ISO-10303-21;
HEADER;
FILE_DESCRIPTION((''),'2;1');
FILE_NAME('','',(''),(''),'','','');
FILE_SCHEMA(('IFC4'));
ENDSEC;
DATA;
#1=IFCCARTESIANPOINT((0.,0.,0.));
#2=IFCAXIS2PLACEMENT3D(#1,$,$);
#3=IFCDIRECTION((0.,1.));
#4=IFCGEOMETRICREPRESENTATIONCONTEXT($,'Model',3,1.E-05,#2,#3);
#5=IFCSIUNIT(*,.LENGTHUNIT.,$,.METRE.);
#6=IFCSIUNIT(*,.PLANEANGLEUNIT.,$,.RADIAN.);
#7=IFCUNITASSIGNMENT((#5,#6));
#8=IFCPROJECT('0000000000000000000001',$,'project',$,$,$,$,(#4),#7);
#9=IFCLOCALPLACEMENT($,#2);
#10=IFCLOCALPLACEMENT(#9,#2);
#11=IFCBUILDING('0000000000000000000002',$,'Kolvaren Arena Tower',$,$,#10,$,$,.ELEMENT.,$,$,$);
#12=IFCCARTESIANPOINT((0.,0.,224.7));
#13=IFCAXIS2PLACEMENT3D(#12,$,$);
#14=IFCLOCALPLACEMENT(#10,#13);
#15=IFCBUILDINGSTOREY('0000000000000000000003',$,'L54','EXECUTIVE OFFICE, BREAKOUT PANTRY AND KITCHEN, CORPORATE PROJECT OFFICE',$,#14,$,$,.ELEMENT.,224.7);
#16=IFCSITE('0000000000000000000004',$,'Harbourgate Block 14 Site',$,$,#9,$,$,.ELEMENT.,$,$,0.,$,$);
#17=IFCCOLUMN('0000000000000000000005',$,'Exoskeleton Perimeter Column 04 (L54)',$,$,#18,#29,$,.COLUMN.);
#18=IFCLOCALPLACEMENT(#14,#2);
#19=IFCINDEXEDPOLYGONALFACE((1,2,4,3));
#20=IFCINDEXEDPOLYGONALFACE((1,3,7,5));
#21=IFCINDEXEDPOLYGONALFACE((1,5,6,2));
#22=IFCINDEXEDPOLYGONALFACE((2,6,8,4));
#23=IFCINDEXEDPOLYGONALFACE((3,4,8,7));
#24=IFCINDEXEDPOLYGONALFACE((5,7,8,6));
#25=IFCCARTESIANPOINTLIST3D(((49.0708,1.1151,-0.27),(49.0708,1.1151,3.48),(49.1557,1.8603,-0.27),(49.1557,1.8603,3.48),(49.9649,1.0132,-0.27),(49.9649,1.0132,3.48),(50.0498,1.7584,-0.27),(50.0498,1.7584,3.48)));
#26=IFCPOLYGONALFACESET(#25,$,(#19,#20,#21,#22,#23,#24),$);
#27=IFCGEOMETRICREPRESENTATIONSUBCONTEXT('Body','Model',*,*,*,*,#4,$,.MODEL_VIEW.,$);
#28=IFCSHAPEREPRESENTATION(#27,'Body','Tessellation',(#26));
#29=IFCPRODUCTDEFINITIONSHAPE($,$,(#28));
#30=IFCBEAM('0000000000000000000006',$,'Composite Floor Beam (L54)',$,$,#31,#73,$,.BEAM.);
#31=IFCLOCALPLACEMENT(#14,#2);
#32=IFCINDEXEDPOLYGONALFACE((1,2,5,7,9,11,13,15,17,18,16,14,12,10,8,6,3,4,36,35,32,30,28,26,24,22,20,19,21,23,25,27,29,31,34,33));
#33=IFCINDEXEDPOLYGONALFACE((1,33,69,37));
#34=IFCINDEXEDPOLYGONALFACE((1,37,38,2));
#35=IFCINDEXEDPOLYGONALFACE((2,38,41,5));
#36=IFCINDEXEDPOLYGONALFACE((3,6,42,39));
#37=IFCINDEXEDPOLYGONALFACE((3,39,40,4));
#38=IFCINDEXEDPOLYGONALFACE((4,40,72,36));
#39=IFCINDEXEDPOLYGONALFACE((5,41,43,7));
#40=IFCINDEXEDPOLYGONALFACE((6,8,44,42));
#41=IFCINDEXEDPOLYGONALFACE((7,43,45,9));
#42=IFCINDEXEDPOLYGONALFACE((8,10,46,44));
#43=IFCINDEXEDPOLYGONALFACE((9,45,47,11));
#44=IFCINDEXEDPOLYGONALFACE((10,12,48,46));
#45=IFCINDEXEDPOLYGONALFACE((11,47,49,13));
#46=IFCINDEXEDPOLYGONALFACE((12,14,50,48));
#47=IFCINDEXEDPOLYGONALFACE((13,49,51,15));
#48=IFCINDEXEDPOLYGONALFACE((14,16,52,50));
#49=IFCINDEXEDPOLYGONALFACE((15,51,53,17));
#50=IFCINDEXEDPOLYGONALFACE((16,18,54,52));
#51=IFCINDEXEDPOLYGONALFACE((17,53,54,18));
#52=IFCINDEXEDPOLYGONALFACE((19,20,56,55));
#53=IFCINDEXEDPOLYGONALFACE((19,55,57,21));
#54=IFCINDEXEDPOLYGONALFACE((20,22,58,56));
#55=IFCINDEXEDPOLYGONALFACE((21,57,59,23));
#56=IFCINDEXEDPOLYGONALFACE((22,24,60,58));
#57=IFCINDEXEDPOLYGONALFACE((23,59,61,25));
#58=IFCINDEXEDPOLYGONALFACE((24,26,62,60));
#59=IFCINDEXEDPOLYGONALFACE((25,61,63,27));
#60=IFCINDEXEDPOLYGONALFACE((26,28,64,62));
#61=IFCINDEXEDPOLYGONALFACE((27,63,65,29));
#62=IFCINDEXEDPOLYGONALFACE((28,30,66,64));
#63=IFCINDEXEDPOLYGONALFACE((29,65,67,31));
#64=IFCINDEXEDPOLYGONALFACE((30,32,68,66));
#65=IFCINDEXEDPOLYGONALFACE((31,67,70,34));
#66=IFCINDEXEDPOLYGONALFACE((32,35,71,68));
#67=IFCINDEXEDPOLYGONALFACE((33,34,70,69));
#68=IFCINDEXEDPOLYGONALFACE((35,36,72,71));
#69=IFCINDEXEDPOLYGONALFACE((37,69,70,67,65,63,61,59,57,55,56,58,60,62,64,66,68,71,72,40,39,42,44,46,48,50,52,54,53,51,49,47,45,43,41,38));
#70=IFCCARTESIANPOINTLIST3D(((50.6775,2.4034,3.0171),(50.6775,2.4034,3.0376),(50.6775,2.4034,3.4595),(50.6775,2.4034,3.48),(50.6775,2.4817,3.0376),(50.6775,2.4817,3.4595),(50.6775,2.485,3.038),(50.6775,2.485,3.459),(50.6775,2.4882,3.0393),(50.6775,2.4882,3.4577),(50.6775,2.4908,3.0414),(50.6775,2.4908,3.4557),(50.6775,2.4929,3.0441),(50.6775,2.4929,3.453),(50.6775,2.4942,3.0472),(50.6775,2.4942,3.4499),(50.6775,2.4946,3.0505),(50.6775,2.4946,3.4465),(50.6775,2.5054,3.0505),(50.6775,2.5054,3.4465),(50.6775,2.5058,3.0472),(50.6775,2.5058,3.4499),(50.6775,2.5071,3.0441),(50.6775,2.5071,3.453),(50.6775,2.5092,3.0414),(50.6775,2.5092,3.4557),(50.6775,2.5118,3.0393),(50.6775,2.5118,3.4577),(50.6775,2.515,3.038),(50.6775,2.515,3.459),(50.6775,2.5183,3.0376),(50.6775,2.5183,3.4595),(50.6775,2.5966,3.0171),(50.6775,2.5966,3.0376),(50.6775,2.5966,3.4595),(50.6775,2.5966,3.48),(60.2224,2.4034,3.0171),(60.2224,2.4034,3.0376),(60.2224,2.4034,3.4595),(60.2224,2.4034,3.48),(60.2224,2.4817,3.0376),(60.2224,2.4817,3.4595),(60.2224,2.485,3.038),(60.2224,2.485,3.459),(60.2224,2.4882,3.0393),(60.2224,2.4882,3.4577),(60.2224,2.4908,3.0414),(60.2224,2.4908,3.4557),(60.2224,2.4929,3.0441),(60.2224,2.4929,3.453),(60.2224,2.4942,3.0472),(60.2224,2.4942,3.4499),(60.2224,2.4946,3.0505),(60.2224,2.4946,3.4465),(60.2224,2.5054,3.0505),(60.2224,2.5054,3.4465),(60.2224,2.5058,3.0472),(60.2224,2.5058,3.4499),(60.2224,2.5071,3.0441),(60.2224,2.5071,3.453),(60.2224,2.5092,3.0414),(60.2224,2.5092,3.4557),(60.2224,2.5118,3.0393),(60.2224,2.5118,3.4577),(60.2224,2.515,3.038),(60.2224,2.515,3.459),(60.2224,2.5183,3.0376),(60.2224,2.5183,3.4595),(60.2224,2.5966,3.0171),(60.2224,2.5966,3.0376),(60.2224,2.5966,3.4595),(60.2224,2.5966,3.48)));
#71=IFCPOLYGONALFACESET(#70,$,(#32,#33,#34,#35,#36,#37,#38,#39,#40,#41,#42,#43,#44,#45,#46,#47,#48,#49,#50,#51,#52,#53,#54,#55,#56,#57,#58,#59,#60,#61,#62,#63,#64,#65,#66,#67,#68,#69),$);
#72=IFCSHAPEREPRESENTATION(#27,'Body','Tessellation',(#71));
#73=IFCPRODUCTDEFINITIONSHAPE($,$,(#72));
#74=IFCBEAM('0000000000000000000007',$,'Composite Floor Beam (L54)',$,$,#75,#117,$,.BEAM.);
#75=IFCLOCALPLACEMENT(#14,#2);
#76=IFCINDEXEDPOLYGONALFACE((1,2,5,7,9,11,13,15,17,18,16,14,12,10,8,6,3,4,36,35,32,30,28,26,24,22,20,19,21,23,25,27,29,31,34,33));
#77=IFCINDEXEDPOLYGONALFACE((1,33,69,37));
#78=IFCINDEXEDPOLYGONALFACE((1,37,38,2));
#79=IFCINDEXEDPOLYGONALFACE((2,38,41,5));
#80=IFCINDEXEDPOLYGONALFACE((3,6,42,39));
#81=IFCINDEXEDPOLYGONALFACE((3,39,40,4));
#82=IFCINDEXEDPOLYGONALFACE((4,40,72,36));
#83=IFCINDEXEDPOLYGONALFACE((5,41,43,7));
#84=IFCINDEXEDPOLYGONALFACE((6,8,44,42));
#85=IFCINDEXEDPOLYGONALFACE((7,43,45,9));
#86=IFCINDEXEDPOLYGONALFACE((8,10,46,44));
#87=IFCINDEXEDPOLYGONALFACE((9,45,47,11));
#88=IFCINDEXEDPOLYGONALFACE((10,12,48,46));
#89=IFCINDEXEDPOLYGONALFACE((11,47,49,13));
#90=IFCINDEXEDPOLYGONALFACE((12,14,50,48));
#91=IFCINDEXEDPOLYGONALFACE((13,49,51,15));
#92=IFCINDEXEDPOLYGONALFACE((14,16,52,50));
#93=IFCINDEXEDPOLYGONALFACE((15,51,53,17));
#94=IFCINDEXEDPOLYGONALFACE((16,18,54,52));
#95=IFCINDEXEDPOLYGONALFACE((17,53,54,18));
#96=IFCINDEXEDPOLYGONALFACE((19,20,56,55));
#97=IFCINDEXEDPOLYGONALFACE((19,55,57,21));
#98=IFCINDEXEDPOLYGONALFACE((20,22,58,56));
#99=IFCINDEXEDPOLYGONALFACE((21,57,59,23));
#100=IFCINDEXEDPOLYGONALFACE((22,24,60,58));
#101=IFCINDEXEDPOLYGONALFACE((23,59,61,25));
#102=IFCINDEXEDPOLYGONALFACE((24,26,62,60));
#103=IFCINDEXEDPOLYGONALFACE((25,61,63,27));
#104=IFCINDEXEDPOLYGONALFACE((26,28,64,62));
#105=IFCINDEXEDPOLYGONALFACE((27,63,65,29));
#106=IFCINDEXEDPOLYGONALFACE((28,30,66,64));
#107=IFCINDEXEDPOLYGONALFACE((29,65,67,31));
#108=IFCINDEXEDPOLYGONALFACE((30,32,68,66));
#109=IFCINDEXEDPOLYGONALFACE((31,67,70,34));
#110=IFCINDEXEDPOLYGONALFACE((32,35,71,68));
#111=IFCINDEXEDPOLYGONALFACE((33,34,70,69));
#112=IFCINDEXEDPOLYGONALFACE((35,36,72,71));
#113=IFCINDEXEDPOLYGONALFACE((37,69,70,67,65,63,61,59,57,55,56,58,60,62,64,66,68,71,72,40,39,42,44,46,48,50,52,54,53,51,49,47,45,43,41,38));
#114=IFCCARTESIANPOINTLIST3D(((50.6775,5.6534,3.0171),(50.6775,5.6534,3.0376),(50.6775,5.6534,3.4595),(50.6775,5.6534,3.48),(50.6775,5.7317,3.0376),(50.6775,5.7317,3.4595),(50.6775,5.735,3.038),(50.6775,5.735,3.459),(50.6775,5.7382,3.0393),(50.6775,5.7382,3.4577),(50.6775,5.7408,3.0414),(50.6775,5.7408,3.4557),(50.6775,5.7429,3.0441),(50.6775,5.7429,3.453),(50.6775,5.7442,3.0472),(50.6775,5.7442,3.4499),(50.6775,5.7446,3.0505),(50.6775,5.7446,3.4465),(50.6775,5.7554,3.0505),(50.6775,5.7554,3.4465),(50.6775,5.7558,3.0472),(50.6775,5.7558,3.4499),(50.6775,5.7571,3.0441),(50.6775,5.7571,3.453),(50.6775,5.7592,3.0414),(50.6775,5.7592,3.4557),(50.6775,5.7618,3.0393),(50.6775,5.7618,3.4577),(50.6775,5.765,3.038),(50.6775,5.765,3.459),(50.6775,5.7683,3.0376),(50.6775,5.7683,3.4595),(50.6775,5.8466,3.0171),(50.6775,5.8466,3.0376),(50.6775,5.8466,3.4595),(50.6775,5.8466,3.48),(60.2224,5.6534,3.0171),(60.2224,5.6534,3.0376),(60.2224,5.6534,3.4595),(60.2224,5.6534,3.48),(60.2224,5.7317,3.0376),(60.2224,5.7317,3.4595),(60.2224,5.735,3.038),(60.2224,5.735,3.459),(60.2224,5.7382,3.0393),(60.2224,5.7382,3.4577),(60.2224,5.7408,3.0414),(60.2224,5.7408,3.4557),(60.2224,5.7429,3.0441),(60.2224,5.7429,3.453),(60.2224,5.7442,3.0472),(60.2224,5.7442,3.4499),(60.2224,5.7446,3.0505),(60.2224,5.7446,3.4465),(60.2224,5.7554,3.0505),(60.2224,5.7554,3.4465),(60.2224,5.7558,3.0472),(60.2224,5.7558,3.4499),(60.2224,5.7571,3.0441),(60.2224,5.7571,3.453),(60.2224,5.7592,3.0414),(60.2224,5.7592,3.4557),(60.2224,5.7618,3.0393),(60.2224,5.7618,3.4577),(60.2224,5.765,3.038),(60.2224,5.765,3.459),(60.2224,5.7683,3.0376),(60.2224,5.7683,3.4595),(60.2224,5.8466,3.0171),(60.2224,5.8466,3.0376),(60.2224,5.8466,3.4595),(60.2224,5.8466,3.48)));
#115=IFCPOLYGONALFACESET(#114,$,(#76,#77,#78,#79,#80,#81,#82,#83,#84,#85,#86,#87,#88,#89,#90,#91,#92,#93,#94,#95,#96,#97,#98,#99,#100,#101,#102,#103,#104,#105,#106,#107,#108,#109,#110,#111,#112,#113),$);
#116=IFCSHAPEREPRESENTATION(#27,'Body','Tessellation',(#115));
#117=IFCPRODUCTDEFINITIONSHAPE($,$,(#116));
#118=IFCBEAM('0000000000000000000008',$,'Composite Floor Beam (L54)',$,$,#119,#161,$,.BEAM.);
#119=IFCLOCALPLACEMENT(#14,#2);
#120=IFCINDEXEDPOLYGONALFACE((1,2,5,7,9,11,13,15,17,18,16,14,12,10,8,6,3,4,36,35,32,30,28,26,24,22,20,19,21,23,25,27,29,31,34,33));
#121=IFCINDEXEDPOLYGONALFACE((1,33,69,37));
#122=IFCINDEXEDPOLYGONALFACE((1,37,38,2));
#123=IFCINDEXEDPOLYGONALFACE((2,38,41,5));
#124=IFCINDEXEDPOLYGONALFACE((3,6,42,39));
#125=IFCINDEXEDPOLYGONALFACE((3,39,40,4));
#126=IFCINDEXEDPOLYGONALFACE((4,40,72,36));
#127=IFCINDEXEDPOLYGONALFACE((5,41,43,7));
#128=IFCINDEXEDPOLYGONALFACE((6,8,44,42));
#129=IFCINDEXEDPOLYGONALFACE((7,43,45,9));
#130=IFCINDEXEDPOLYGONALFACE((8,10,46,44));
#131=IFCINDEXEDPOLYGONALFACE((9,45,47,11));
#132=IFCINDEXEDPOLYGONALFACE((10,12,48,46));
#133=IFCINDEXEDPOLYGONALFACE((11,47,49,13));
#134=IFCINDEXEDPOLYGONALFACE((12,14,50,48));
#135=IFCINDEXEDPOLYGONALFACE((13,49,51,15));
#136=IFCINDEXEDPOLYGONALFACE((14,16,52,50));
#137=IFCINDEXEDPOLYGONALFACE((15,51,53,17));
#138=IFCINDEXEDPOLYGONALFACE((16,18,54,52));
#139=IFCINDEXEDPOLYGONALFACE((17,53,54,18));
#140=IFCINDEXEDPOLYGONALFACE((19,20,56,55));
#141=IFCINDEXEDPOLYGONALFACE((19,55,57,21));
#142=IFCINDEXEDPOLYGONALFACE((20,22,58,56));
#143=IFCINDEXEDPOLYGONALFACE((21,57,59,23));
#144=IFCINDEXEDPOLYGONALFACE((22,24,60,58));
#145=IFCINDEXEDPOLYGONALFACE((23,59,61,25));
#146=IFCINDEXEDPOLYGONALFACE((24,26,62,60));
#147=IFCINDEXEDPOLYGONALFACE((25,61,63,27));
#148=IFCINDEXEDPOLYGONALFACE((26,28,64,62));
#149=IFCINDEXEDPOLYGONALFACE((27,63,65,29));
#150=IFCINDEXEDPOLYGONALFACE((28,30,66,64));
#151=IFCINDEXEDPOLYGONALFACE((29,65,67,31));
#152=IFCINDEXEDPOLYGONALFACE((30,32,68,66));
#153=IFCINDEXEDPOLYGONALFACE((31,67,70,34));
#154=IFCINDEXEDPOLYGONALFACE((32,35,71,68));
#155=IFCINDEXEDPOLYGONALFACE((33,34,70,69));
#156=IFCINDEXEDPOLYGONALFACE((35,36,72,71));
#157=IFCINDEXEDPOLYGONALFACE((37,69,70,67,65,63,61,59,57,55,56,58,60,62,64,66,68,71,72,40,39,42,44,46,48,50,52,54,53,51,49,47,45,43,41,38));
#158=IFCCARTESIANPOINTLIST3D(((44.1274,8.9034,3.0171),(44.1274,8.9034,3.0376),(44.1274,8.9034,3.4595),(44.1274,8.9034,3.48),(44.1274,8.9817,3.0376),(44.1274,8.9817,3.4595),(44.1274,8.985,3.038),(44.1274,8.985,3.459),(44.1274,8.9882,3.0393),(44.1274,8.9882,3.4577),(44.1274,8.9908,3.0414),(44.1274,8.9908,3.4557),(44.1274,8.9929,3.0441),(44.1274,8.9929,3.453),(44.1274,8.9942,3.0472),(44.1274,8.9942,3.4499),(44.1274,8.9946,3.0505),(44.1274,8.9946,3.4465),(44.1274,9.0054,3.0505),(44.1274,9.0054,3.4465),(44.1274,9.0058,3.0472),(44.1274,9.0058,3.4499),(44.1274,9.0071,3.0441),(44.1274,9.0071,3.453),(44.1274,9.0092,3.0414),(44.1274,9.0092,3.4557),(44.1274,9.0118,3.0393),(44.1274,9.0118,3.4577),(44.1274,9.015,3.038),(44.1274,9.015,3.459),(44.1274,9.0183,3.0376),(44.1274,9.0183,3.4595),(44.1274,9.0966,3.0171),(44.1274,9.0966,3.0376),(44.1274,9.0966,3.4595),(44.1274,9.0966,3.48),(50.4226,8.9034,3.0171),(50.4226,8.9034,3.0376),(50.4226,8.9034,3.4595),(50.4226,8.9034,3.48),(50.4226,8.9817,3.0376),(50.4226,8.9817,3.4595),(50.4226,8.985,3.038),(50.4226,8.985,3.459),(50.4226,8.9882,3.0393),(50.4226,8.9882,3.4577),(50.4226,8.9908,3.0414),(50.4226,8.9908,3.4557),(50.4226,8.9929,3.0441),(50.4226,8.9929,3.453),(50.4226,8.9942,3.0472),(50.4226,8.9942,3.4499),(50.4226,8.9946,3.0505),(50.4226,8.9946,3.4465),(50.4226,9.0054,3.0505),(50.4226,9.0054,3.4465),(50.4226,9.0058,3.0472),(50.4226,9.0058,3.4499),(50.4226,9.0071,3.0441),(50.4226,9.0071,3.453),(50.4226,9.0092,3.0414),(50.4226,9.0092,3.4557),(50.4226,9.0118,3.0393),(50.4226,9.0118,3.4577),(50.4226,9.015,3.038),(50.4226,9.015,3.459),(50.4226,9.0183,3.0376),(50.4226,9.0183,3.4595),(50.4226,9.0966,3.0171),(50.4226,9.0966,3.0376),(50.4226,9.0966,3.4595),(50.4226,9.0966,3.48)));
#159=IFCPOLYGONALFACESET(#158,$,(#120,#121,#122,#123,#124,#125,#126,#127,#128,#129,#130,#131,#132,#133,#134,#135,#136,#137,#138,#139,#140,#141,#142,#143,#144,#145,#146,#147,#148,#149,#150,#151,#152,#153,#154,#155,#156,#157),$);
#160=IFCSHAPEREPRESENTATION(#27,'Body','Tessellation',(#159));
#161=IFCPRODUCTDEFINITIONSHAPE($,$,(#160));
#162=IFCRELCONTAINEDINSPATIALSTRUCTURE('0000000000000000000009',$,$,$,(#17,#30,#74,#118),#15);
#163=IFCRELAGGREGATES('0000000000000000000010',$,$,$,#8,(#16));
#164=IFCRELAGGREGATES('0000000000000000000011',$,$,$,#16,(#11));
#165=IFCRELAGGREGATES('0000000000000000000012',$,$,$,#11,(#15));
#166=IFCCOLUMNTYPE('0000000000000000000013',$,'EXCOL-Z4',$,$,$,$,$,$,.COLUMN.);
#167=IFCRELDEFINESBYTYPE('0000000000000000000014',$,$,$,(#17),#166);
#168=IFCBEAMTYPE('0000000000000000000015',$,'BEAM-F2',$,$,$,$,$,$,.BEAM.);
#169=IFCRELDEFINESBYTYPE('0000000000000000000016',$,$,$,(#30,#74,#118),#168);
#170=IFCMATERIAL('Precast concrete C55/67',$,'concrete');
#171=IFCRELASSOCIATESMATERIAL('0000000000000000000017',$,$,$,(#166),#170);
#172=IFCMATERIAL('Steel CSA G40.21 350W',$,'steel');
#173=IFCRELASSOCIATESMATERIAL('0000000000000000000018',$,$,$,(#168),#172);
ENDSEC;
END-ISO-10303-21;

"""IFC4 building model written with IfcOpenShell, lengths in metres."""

from ifc_helpers import new_model, si_unit, direction, frame, origin, origin_2d, place, context, subcontext, project, spatial, rectangle, i_section, extrude, material, material_profile, profile_set, type_object, element, save


model = new_model("IFC4")

# Units and contexts
model_context = context("Model", 3, precision=1e-05, world=origin(), true_north=direction((0.0, 1.0)))
body_context = subcontext(model_context, "Body", "Model", "MODEL_VIEW")
ifc_project = project(units=[si_unit("LENGTHUNIT", "METRE"), si_unit("PLANEANGLEUNIT", "RADIAN")], contexts=[model_context])

# Site, building, storey
site_placement = place(None, origin())
site = spatial("IfcSite", under=ifc_project, at=site_placement, Name="Harbourgate Block 14 Site", CompositionType="ELEMENT", RefElevation=0.0)
building_placement = place(site_placement, origin())
building = spatial("IfcBuilding", under=site, at=building_placement, Name="Kolvaren Arena Tower", CompositionType="ELEMENT")
storey_placement = place(building_placement, frame((0.0, 0.0, 224.7)))
storey = spatial("IfcBuildingStorey", under=building, at=storey_placement, Name="L54", Description="EXECUTIVE OFFICE, BREAKOUT PANTRY AND KITCHEN, CORPORATE PROJECT OFFICE", CompositionType="ELEMENT", Elevation=224.7)

# Column
ifc_material_1 = material(Name="Precast concrete C55/67", Category="concrete")
ifc_material_profile_1 = material_profile(ifc_material_1, rectangle(XDim=0.8999, YDim=0.75, at=origin_2d()), Name="RC-900x750")
ifc_profile_set_1 = profile_set([ifc_material_profile_1], Name="Precast concrete C55/67")
column_type = type_object("IfcColumnType", Name="EXCOL-Z4", PredefinedType="COLUMN", material=ifc_profile_set_1)
column_placement = place(storey_placement, frame((49.5603, 1.4368, -0.27), z_axis=(0.0, 0.0, 1.0), x_axis=(0.993572, -0.113203, 0.0)))
element("IfcColumn", 1, at=column_placement, inside=storey, type_object=column_type, Name="Exoskeleton Perimeter Column 04 (L54)", PredefinedType="COLUMN", context=body_context, shape_type="SweptSolid", body=[
    extrude(rectangle(XDim=0.8999, YDim=0.75, at=origin_2d()), origin(), (0.0, 0.0, 1.0), 3.75),
])

# Beams
ifc_material_2 = material(Name="Steel CSA G40.21 350W", Category="steel")
ifc_material_profile_2 = material_profile(ifc_material_2, i_section(OverallWidth=0.1931, OverallDepth=0.4629, WebThickness=0.0107, FlangeThickness=0.0205, FilletRadius=0.0129, at=origin_2d()), Name="W460x113")
ifc_profile_set_2 = profile_set([ifc_material_profile_2], Name="Steel CSA G40.21 350W")
beam_type_1 = type_object("IfcBeamType", Name="BEAM-F2", PredefinedType="BEAM", material=ifc_profile_set_2)
for number, where, z_axis, x_axis, name in (
    (2, (50.6775, 2.5, 3.2485), (1.0, 0.0, 0.0), (0.0, 1.0, 0.0), "Composite Floor Beam (L54)"),
    (3, (50.6775, 5.75, 3.2485), (1.0, 0.0, 0.0), (0.0, 1.0, 0.0), "Composite Floor Beam (L54)"),
):
    element("IfcBeam", number, at=place(storey_placement, frame(where, z_axis=z_axis, x_axis=x_axis)), inside=storey, type_object=beam_type_1, Name=name, PredefinedType="BEAM", context=body_context, shape_type="SweptSolid", body=[
        extrude(i_section(OverallWidth=0.1931, OverallDepth=0.4629, WebThickness=0.0107, FlangeThickness=0.0205, FilletRadius=0.0129, at=origin_2d()), origin(), (0.0, 0.0, 1.0), 9.5449),
    ])
beam_1_placement = place(storey_placement, frame((44.1274, 9.0, 3.2485), z_axis=(1.0, 0.0, 0.0), x_axis=(0.0, 1.0, 0.0)))
element("IfcBeam", 4, at=beam_1_placement, inside=storey, type_object=beam_type_1, Name="Composite Floor Beam (L54)", PredefinedType="BEAM", context=body_context, shape_type="SweptSolid", body=[
    extrude(i_section(OverallWidth=0.1931, OverallDepth=0.4629, WebThickness=0.0107, FlangeThickness=0.0205, FilletRadius=0.0129, at=origin_2d()), origin(), (0.0, 0.0, 1.0), 6.2952),
])

save(model, "model.ifc")
